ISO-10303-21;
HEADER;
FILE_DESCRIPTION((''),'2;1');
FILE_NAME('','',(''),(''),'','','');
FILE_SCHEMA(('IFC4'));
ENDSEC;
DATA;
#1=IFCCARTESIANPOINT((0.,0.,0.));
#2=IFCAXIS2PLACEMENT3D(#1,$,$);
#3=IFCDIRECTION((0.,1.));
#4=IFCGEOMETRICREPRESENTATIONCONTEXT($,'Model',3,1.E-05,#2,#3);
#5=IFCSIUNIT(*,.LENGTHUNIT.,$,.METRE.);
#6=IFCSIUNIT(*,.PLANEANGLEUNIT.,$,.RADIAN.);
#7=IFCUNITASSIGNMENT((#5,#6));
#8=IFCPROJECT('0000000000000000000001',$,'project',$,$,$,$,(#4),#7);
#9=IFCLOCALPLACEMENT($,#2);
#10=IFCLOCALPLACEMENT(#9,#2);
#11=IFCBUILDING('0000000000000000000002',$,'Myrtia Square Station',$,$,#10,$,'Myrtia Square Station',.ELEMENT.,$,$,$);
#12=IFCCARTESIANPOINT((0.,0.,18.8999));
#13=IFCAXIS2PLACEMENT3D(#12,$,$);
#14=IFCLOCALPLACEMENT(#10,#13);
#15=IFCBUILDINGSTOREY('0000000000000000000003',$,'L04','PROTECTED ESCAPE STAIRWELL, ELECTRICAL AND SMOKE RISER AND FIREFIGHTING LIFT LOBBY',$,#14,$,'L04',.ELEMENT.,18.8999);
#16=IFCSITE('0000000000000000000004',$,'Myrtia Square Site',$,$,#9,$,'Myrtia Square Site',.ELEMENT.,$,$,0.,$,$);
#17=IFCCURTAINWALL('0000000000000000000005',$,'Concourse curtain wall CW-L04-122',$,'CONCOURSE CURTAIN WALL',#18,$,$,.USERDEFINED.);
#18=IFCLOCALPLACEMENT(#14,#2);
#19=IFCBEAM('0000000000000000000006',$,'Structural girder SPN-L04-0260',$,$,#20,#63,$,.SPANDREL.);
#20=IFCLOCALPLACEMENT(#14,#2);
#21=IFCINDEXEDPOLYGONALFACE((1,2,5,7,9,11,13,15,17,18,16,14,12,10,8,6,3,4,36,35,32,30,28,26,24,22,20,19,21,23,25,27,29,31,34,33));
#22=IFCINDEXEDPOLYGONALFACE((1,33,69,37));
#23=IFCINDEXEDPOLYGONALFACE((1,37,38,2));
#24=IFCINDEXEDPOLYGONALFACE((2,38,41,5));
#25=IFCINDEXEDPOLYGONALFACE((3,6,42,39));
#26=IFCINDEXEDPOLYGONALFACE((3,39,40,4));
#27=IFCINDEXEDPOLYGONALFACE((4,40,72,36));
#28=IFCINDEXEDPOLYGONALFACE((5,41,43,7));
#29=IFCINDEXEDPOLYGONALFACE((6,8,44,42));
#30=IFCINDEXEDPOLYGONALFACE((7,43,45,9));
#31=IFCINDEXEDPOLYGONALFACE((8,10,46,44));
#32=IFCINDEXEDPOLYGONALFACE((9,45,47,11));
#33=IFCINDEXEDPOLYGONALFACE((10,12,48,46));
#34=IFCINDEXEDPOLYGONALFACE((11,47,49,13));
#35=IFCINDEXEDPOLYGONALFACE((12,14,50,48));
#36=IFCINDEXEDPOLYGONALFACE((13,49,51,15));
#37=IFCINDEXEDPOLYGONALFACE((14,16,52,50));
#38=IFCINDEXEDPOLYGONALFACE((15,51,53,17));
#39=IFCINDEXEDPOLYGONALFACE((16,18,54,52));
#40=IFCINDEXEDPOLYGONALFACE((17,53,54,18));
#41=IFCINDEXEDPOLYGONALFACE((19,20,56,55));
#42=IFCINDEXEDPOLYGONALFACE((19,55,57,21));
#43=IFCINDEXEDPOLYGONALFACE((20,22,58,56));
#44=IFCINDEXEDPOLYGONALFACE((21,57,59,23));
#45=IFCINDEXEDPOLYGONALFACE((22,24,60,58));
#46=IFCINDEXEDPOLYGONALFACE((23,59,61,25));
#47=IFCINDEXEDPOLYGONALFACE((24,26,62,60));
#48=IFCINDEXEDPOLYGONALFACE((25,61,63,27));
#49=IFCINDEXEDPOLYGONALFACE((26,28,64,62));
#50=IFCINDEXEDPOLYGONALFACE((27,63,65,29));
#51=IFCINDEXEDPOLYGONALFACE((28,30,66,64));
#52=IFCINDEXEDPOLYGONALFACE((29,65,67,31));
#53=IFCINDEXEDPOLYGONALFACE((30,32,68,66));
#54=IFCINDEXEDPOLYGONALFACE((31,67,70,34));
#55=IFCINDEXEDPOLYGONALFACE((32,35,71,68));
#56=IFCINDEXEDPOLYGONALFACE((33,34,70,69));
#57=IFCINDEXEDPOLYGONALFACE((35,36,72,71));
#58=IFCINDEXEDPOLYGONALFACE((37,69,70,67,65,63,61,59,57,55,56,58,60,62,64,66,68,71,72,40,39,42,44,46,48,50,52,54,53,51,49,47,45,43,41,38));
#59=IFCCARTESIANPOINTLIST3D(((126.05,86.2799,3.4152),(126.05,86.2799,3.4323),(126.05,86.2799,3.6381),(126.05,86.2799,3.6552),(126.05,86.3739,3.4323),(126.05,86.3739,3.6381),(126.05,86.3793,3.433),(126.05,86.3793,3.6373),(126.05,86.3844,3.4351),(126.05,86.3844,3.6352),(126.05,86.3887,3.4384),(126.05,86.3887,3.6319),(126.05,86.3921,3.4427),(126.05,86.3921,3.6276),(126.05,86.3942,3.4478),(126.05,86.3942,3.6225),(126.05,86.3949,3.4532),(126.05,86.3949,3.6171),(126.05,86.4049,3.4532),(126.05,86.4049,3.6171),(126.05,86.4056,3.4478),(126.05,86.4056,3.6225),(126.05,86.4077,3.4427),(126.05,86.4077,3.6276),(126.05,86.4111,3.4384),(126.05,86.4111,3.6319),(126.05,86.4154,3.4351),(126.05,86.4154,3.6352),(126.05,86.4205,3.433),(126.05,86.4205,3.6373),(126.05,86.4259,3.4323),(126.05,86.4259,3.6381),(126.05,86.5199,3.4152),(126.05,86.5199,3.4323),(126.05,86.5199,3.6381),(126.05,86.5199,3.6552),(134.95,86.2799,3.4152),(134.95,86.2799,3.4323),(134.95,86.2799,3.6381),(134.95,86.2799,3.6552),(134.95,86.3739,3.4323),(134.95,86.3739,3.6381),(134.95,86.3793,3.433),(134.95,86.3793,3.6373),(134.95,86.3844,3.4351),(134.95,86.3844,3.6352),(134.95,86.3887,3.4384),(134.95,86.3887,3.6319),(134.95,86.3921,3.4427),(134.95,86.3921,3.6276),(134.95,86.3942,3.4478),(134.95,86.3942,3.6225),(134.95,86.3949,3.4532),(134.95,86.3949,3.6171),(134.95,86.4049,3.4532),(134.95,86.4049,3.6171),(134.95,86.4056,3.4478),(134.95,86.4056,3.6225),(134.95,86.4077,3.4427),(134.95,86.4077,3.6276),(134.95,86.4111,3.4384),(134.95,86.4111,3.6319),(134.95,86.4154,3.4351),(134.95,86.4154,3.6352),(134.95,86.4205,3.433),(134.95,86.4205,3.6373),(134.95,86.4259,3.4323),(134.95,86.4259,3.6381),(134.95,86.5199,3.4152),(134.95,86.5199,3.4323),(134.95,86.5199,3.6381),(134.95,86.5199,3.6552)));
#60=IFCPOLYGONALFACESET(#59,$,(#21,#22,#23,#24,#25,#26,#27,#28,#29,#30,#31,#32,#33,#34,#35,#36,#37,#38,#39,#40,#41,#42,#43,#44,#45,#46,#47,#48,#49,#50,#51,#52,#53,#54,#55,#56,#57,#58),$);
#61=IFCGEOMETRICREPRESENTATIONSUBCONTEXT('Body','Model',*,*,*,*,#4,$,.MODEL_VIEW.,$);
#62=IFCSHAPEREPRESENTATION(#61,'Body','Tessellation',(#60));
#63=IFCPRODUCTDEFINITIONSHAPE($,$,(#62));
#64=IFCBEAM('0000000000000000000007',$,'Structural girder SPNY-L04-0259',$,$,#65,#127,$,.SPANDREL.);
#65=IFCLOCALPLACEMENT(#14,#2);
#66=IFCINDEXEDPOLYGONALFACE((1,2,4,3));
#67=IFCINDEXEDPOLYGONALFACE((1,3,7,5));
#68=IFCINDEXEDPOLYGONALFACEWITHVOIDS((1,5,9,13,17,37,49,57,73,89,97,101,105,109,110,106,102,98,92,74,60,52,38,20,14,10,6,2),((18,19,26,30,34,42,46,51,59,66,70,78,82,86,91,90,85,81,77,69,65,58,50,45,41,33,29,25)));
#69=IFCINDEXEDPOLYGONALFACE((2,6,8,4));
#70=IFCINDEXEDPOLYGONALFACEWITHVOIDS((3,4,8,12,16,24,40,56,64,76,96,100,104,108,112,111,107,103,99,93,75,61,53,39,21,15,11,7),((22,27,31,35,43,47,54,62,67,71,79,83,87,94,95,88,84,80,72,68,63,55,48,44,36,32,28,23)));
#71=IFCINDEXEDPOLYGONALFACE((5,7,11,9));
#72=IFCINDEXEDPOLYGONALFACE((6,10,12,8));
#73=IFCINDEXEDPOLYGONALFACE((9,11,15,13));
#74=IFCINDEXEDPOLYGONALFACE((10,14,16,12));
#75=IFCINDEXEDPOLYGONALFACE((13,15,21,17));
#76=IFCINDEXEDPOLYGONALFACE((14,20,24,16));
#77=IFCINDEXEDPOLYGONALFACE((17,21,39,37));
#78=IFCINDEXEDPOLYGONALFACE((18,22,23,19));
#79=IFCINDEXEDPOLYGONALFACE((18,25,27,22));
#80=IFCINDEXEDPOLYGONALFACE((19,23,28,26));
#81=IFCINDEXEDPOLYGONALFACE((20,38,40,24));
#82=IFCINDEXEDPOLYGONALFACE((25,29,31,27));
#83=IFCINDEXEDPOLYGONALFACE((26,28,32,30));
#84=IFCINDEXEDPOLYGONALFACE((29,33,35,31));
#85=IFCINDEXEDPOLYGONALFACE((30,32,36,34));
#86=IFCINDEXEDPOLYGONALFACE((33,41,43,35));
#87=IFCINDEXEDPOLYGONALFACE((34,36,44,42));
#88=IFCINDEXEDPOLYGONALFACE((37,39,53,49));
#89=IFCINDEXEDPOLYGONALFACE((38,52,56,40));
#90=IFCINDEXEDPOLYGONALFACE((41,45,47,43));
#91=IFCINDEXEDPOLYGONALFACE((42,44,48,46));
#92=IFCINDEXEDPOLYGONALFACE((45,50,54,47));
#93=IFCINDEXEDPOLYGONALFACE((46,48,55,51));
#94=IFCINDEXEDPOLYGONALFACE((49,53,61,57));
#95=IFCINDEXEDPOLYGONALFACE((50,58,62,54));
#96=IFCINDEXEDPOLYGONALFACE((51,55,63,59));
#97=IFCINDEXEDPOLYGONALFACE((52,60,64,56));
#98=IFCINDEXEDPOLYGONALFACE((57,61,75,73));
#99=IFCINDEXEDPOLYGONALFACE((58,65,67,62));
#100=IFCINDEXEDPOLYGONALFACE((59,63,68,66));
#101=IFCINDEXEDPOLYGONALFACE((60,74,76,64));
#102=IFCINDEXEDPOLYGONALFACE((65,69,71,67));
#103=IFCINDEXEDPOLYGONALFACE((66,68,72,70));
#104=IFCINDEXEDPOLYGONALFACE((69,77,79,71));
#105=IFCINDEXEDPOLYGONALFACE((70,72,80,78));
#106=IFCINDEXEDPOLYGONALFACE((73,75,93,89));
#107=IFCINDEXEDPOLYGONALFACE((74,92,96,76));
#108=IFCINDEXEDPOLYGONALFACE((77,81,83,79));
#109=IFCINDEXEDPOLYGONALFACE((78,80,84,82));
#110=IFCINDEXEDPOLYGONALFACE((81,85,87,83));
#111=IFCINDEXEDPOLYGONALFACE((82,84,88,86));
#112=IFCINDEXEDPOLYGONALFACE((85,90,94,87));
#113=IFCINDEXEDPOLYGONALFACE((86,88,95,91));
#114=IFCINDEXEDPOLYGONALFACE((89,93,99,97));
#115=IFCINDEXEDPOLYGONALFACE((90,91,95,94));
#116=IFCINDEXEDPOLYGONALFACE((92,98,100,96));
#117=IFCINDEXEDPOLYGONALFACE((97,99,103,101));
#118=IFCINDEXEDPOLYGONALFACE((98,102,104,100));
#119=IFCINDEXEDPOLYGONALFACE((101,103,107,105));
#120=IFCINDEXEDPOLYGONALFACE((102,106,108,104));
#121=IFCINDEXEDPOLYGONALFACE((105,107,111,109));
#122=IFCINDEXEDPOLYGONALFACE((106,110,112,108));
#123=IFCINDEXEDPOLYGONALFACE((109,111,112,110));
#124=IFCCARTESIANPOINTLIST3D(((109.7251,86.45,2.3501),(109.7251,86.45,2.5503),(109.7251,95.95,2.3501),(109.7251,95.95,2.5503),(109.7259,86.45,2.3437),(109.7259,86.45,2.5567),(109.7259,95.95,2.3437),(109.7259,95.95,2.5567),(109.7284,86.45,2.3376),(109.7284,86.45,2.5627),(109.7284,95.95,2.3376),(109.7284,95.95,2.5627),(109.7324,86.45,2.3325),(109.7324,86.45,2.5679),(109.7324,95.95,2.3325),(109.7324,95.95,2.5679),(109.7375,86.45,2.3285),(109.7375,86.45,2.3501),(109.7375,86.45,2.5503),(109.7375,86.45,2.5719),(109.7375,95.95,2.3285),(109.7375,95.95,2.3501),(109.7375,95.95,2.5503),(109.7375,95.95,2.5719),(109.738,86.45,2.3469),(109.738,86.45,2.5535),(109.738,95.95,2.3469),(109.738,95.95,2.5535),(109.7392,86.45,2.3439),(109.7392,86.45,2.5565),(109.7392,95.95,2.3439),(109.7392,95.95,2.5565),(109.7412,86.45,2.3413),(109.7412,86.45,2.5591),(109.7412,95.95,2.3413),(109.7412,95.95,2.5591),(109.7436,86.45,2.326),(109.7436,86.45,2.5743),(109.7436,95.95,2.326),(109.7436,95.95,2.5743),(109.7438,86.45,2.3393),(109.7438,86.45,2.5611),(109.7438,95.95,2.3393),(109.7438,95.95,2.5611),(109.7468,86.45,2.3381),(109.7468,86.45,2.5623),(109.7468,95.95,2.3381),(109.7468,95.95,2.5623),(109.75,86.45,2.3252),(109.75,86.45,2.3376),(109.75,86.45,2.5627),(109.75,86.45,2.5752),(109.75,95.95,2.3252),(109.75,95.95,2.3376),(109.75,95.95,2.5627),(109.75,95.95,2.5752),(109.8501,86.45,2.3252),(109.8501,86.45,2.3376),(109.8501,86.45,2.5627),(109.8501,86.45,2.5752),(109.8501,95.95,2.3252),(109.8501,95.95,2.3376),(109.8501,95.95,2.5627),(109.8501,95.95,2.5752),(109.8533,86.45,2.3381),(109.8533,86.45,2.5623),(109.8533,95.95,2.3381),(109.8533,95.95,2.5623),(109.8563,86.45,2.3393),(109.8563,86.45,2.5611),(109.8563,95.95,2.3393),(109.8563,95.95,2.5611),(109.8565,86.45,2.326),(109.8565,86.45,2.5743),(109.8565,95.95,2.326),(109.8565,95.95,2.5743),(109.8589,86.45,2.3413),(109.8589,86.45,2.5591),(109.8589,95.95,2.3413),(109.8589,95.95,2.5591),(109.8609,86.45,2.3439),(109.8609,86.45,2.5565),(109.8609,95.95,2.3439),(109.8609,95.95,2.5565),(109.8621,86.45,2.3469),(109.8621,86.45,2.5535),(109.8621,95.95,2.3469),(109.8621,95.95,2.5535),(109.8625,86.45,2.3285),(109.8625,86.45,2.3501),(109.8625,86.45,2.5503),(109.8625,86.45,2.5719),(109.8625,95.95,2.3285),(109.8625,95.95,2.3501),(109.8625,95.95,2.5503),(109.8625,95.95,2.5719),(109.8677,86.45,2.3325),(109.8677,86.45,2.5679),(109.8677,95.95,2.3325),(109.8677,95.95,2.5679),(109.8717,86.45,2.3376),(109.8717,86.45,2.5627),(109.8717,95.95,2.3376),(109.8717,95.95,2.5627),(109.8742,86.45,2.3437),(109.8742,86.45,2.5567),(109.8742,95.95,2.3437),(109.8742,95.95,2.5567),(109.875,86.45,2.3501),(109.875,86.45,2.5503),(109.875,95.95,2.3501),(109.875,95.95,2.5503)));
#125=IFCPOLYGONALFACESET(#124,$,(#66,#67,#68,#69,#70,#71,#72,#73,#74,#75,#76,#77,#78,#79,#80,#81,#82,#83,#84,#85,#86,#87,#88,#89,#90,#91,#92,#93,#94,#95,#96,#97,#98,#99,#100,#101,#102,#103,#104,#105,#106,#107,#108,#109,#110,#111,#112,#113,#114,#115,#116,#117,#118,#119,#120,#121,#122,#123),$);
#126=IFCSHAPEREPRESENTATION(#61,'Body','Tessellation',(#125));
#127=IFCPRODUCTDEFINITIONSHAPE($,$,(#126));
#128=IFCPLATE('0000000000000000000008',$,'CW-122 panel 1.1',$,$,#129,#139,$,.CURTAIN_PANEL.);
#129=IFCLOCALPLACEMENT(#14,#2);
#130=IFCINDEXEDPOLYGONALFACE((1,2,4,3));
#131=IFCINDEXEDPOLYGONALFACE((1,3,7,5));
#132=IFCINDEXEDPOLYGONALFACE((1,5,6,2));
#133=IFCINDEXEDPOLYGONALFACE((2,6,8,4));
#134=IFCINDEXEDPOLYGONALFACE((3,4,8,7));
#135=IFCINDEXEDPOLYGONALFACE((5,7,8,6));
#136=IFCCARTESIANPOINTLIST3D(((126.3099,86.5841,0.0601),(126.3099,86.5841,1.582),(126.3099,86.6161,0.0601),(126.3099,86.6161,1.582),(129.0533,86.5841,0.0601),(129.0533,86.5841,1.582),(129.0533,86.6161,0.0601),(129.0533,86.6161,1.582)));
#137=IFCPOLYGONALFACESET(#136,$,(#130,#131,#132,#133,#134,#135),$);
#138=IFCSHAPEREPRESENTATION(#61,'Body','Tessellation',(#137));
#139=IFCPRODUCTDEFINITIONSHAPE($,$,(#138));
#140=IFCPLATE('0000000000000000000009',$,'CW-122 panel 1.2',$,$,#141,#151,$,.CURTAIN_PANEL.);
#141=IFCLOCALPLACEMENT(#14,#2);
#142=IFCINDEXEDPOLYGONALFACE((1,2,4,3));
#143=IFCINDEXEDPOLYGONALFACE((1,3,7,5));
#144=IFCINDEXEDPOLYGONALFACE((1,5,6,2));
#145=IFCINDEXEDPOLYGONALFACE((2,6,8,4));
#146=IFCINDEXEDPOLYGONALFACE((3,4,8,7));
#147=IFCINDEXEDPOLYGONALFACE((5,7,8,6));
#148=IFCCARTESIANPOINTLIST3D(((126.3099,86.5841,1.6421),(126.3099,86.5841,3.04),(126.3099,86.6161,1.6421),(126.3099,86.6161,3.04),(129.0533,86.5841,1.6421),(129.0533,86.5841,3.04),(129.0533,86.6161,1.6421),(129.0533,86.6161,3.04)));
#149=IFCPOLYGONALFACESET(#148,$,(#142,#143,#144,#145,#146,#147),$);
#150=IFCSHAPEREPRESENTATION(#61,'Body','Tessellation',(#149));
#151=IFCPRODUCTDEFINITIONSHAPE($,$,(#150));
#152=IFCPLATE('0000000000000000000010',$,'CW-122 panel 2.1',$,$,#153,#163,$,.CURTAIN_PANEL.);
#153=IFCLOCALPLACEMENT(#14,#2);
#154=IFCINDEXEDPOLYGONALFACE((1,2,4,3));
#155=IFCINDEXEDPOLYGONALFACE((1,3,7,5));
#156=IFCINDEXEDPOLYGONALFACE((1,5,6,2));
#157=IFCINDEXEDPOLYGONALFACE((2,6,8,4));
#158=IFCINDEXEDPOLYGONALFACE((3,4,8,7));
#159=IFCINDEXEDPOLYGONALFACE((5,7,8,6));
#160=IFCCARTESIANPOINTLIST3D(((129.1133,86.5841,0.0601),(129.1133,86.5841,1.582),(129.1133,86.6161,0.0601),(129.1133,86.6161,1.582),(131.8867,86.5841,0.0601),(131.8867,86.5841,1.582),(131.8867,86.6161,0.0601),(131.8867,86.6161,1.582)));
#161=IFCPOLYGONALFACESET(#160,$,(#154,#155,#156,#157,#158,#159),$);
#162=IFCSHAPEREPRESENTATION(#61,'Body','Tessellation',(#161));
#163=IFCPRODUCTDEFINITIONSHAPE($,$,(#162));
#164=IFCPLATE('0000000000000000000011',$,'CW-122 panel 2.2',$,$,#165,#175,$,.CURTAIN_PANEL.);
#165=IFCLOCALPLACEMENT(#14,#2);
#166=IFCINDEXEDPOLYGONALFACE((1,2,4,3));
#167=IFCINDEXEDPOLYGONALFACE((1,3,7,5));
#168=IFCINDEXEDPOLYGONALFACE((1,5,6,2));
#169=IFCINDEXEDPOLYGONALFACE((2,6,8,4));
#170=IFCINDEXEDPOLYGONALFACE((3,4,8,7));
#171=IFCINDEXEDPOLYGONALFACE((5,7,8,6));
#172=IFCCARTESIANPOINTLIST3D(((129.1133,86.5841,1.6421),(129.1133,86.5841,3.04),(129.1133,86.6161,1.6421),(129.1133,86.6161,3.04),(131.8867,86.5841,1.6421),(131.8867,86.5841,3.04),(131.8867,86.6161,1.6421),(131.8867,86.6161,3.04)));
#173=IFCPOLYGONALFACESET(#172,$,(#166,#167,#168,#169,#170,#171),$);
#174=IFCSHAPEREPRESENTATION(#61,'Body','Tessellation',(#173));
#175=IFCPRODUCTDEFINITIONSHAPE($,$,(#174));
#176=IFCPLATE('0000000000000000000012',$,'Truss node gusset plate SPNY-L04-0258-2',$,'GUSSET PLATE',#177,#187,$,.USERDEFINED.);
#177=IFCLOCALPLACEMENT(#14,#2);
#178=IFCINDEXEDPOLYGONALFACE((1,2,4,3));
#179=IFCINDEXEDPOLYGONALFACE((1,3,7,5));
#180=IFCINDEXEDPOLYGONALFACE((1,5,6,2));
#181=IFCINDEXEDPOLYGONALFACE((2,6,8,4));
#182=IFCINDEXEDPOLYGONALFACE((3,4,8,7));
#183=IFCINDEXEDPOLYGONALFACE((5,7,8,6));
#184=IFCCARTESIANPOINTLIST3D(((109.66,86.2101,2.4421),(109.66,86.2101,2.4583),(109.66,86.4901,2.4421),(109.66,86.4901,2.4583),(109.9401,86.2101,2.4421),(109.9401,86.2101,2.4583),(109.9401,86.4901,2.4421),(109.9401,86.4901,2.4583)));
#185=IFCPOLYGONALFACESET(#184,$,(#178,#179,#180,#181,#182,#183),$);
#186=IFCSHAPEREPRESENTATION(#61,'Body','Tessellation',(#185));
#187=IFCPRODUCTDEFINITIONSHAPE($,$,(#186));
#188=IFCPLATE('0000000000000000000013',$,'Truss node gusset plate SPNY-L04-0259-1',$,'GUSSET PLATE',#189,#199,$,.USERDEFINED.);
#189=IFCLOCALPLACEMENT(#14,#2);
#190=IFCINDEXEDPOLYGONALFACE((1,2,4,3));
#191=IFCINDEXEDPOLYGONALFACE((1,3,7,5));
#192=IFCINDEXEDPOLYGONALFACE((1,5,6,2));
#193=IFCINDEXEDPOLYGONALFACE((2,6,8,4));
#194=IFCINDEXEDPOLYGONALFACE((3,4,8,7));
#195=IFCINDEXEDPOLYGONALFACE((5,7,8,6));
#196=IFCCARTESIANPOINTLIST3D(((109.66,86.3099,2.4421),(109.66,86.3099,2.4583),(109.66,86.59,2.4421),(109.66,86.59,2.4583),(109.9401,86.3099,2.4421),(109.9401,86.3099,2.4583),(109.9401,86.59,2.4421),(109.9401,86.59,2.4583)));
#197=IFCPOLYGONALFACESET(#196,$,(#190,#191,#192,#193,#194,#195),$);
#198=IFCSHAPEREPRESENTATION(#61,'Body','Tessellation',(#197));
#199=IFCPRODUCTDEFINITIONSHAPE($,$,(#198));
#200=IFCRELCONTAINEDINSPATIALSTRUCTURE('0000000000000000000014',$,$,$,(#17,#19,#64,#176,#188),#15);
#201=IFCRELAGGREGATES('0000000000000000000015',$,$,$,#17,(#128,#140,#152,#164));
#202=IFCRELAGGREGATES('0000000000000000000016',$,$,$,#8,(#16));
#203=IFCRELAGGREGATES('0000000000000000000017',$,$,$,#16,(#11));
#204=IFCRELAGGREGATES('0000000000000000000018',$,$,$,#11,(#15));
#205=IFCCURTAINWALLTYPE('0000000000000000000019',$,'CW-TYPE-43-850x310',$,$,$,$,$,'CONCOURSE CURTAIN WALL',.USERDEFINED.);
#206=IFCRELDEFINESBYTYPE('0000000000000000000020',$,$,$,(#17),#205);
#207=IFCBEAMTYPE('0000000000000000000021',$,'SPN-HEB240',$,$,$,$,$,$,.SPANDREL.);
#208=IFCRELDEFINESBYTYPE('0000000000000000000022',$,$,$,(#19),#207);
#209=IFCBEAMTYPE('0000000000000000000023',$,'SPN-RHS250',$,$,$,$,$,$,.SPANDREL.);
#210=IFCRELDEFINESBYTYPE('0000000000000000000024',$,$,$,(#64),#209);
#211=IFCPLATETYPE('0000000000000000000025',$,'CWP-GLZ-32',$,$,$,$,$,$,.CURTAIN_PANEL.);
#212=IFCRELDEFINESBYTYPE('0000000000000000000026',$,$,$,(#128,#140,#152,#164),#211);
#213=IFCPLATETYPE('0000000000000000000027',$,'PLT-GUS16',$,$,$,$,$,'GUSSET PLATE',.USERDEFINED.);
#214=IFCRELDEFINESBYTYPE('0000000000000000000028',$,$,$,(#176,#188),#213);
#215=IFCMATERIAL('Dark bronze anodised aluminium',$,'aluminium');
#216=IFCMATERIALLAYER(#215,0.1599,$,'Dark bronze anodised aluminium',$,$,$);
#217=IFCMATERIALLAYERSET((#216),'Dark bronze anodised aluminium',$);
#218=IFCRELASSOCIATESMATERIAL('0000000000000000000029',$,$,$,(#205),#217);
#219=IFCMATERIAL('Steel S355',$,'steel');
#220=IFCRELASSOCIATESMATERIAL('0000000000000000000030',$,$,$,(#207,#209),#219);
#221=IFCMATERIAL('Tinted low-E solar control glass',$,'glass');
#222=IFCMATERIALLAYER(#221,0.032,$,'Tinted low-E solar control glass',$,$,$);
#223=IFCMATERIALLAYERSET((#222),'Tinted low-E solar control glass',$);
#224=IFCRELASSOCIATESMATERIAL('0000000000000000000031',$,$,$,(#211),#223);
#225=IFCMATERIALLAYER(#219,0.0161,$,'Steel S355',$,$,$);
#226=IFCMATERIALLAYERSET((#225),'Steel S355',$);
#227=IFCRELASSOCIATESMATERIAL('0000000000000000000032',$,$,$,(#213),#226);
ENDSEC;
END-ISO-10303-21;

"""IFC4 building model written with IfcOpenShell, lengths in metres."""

from ifc_helpers import new_model, si_unit, direction, frame, origin, origin_2d, place, context, subcontext, project, spatial, rectangle, hollow_rectangle, i_section, extrude, material, layer, layer_set, material_profile, profile_set, type_object, element, aggregate, save


model = new_model("IFC4")

# Units and contexts
model_context = context("Model", 3, precision=1e-05, world=origin(), true_north=direction((0.0, 1.0)))
body_context = subcontext(model_context, "Body", "Model", "MODEL_VIEW")
ifc_project = project(units=[si_unit("LENGTHUNIT", "METRE"), si_unit("PLANEANGLEUNIT", "RADIAN")], contexts=[model_context])

# Site, building, storey
site_placement = place(None, origin())
site = spatial("IfcSite", under=ifc_project, at=site_placement, Name="Myrtia Square Site", LongName="Myrtia Square Site", CompositionType="ELEMENT", RefElevation=0.0)
building_placement = place(site_placement, origin())
building = spatial("IfcBuilding", under=site, at=building_placement, Name="Myrtia Square Station", LongName="Myrtia Square Station", CompositionType="ELEMENT")
storey_placement = place(building_placement, frame((0.0, 0.0, 18.8999)))
storey = spatial("IfcBuildingStorey", under=building, at=storey_placement, Name="L04", Description="PROTECTED ESCAPE STAIRWELL, ELECTRICAL AND SMOKE RISER AND FIREFIGHTING LIFT LOBBY", LongName="L04", CompositionType="ELEMENT", Elevation=18.8999)

# Shared definitions
ifc_material_1 = material(Name="Steel S355", Category="steel")

# Curtain wall
ifc_material_2 = material(Name="Dark bronze anodised aluminium", Category="aluminium")
ifc_layer_1 = layer(ifc_material_2, 0.1599, Name="Dark bronze anodised aluminium")
ifc_layer_set_1 = layer_set([ifc_layer_1], Name="Dark bronze anodised aluminium")
curtain_wall_type = type_object("IfcCurtainWallType", Name="CW-TYPE-43-850x310", ElementType="CONCOURSE CURTAIN WALL", PredefinedType="USERDEFINED", material=ifc_layer_set_1)
curtain_wall_placement = place(storey_placement, origin())
curtain_wall = element("IfcCurtainWall", 1, at=curtain_wall_placement, inside=storey, type_object=curtain_wall_type, Name="Concourse curtain wall CW-L04-122", ObjectType="CONCOURSE CURTAIN WALL", PredefinedType="USERDEFINED")

# Beams
ifc_material_profile_1 = material_profile(ifc_material_1, i_section(OverallWidth=0.24, OverallDepth=0.24, WebThickness=0.01, FlangeThickness=0.0171, FilletRadius=0.021, at=origin_2d()), Name="HEB 240")
ifc_profile_set_1 = profile_set([ifc_material_profile_1], Name="Steel S355")
beam_type_1 = type_object("IfcBeamType", Name="SPN-HEB240", PredefinedType="SPANDREL", material=ifc_profile_set_1)
beam_1_placement = place(storey_placement, frame((126.05, 86.3999, 3.5352), z_axis=(1.0, 0.0, 0.0), x_axis=(0.0, 1.0, 0.0)))
element("IfcBeam", 2, at=beam_1_placement, inside=storey, type_object=beam_type_1, Name="Structural girder SPN-L04-0260", PredefinedType="SPANDREL", context=body_context, shape_type="SweptSolid", body=[
    extrude(i_section(OverallWidth=0.24, OverallDepth=0.24, WebThickness=0.01, FlangeThickness=0.0171, FilletRadius=0.021, at=origin_2d()), origin(), (0.0, 0.0, 1.0), 8.8999),
])
ifc_material_profile_2 = material_profile(ifc_material_1, hollow_rectangle(XDim=0.1499, YDim=0.25, WallThickness=0.0125, InnerFilletRadius=0.0125, OuterFilletRadius=0.0249, at=origin_2d()), Name="RHS 250x150x12.5")
ifc_profile_set_2 = profile_set([ifc_material_profile_2], Name="Steel S355")
beam_type_2 = type_object("IfcBeamType", Name="SPN-RHS250", PredefinedType="SPANDREL", material=ifc_profile_set_2)
beam_2_placement = place(storey_placement, frame((109.8, 86.45, 2.4502), z_axis=(0.0, 1.0, 0.0), x_axis=(-1.0, 0.0, 0.0)))
element("IfcBeam", 3, at=beam_2_placement, inside=storey, type_object=beam_type_2, Name="Structural girder SPNY-L04-0259", PredefinedType="SPANDREL", context=body_context, shape_type="SweptSolid", body=[
    extrude(hollow_rectangle(XDim=0.1499, YDim=0.25, WallThickness=0.0125, InnerFilletRadius=0.0125, OuterFilletRadius=0.0249, at=origin_2d()), origin(), (0.0, 0.0, 1.0), 9.5),
])

# Plates
ifc_material_3 = material(Name="Tinted low-E solar control glass", Category="glass")
ifc_layer_2 = layer(ifc_material_3, 0.032, Name="Tinted low-E solar control glass")
ifc_layer_set_2 = layer_set([ifc_layer_2], Name="Tinted low-E solar control glass")
plate_type_1 = type_object("IfcPlateType", Name="CWP-GLZ-32", PredefinedType="CURTAIN_PANEL", material=ifc_layer_set_2)
plate_1_placement = place(storey_placement, frame((127.6816, 86.6001, 0.0601), z_axis=(0.0, 0.0, 1.0), x_axis=(1.0, 0.0, 0.0)))
plate_1 = element("IfcPlate", 4, at=plate_1_placement, type_object=plate_type_1, Name="CW-122 panel 1.1", PredefinedType="CURTAIN_PANEL", context=body_context, shape_type="SweptSolid", body=[
    extrude(rectangle(XDim=2.7434, YDim=0.032, at=origin_2d()), origin(), (0.0, 0.0, 1.0), 1.522),
])
plate_2_placement = place(storey_placement, frame((127.6816, 86.6001, 1.6421), z_axis=(0.0, 0.0, 1.0), x_axis=(1.0, 0.0, 0.0)))
plate_2 = element("IfcPlate", 5, at=plate_2_placement, type_object=plate_type_1, Name="CW-122 panel 1.2", PredefinedType="CURTAIN_PANEL", context=body_context, shape_type="SweptSolid", body=[
    extrude(rectangle(XDim=2.7434, YDim=0.032, at=origin_2d()), origin(), (0.0, 0.0, 1.0), 1.3979),
])
plate_3_placement = place(storey_placement, frame((130.5, 86.6001, 0.0601), z_axis=(0.0, 0.0, 1.0), x_axis=(1.0, 0.0, 0.0)))
plate_3 = element("IfcPlate", 6, at=plate_3_placement, type_object=plate_type_1, Name="CW-122 panel 2.1", PredefinedType="CURTAIN_PANEL", context=body_context, shape_type="SweptSolid", body=[
    extrude(rectangle(XDim=2.7734, YDim=0.032, at=origin_2d()), origin(), (0.0, 0.0, 1.0), 1.522),
])
plate_4_placement = place(storey_placement, frame((130.5, 86.6001, 1.6421), z_axis=(0.0, 0.0, 1.0), x_axis=(1.0, 0.0, 0.0)))
plate_4 = element("IfcPlate", 7, at=plate_4_placement, type_object=plate_type_1, Name="CW-122 panel 2.2", PredefinedType="CURTAIN_PANEL", context=body_context, shape_type="SweptSolid", body=[
    extrude(rectangle(XDim=2.7734, YDim=0.032, at=origin_2d()), origin(), (0.0, 0.0, 1.0), 1.3979),
])
aggregate(curtain_wall, [plate_1, plate_2, plate_3, plate_4])

# Plates
ifc_layer_3 = layer(ifc_material_1, 0.0161, Name="Steel S355")
ifc_layer_set_3 = layer_set([ifc_layer_3], Name="Steel S355")
plate_type_2 = type_object("IfcPlateType", Name="PLT-GUS16", ElementType="GUSSET PLATE", PredefinedType="USERDEFINED", material=ifc_layer_set_3)
for number, where, z_axis, x_axis, name in (
    (8, (109.8, 86.3501, 2.4421), (0.0, 0.0, 1.0), (0.0, 1.0, 0.0), "Truss node gusset plate SPNY-L04-0258-2"),
    (9, (109.8, 86.45, 2.4421), (0.0, 0.0, 1.0), (0.0, 1.0, 0.0), "Truss node gusset plate SPNY-L04-0259-1"),
):
    element("IfcPlate", number, at=place(storey_placement, frame(where, z_axis=z_axis, x_axis=x_axis)), inside=storey, type_object=plate_type_2, Name=name, ObjectType="GUSSET PLATE", PredefinedType="USERDEFINED", context=body_context, shape_type="SweptSolid", body=[
        extrude(rectangle(XDim=0.28, YDim=0.28, at=origin_2d()), origin(), (0.0, 0.0, 1.0), 0.0161),
    ])

save(model, "model.ifc")
